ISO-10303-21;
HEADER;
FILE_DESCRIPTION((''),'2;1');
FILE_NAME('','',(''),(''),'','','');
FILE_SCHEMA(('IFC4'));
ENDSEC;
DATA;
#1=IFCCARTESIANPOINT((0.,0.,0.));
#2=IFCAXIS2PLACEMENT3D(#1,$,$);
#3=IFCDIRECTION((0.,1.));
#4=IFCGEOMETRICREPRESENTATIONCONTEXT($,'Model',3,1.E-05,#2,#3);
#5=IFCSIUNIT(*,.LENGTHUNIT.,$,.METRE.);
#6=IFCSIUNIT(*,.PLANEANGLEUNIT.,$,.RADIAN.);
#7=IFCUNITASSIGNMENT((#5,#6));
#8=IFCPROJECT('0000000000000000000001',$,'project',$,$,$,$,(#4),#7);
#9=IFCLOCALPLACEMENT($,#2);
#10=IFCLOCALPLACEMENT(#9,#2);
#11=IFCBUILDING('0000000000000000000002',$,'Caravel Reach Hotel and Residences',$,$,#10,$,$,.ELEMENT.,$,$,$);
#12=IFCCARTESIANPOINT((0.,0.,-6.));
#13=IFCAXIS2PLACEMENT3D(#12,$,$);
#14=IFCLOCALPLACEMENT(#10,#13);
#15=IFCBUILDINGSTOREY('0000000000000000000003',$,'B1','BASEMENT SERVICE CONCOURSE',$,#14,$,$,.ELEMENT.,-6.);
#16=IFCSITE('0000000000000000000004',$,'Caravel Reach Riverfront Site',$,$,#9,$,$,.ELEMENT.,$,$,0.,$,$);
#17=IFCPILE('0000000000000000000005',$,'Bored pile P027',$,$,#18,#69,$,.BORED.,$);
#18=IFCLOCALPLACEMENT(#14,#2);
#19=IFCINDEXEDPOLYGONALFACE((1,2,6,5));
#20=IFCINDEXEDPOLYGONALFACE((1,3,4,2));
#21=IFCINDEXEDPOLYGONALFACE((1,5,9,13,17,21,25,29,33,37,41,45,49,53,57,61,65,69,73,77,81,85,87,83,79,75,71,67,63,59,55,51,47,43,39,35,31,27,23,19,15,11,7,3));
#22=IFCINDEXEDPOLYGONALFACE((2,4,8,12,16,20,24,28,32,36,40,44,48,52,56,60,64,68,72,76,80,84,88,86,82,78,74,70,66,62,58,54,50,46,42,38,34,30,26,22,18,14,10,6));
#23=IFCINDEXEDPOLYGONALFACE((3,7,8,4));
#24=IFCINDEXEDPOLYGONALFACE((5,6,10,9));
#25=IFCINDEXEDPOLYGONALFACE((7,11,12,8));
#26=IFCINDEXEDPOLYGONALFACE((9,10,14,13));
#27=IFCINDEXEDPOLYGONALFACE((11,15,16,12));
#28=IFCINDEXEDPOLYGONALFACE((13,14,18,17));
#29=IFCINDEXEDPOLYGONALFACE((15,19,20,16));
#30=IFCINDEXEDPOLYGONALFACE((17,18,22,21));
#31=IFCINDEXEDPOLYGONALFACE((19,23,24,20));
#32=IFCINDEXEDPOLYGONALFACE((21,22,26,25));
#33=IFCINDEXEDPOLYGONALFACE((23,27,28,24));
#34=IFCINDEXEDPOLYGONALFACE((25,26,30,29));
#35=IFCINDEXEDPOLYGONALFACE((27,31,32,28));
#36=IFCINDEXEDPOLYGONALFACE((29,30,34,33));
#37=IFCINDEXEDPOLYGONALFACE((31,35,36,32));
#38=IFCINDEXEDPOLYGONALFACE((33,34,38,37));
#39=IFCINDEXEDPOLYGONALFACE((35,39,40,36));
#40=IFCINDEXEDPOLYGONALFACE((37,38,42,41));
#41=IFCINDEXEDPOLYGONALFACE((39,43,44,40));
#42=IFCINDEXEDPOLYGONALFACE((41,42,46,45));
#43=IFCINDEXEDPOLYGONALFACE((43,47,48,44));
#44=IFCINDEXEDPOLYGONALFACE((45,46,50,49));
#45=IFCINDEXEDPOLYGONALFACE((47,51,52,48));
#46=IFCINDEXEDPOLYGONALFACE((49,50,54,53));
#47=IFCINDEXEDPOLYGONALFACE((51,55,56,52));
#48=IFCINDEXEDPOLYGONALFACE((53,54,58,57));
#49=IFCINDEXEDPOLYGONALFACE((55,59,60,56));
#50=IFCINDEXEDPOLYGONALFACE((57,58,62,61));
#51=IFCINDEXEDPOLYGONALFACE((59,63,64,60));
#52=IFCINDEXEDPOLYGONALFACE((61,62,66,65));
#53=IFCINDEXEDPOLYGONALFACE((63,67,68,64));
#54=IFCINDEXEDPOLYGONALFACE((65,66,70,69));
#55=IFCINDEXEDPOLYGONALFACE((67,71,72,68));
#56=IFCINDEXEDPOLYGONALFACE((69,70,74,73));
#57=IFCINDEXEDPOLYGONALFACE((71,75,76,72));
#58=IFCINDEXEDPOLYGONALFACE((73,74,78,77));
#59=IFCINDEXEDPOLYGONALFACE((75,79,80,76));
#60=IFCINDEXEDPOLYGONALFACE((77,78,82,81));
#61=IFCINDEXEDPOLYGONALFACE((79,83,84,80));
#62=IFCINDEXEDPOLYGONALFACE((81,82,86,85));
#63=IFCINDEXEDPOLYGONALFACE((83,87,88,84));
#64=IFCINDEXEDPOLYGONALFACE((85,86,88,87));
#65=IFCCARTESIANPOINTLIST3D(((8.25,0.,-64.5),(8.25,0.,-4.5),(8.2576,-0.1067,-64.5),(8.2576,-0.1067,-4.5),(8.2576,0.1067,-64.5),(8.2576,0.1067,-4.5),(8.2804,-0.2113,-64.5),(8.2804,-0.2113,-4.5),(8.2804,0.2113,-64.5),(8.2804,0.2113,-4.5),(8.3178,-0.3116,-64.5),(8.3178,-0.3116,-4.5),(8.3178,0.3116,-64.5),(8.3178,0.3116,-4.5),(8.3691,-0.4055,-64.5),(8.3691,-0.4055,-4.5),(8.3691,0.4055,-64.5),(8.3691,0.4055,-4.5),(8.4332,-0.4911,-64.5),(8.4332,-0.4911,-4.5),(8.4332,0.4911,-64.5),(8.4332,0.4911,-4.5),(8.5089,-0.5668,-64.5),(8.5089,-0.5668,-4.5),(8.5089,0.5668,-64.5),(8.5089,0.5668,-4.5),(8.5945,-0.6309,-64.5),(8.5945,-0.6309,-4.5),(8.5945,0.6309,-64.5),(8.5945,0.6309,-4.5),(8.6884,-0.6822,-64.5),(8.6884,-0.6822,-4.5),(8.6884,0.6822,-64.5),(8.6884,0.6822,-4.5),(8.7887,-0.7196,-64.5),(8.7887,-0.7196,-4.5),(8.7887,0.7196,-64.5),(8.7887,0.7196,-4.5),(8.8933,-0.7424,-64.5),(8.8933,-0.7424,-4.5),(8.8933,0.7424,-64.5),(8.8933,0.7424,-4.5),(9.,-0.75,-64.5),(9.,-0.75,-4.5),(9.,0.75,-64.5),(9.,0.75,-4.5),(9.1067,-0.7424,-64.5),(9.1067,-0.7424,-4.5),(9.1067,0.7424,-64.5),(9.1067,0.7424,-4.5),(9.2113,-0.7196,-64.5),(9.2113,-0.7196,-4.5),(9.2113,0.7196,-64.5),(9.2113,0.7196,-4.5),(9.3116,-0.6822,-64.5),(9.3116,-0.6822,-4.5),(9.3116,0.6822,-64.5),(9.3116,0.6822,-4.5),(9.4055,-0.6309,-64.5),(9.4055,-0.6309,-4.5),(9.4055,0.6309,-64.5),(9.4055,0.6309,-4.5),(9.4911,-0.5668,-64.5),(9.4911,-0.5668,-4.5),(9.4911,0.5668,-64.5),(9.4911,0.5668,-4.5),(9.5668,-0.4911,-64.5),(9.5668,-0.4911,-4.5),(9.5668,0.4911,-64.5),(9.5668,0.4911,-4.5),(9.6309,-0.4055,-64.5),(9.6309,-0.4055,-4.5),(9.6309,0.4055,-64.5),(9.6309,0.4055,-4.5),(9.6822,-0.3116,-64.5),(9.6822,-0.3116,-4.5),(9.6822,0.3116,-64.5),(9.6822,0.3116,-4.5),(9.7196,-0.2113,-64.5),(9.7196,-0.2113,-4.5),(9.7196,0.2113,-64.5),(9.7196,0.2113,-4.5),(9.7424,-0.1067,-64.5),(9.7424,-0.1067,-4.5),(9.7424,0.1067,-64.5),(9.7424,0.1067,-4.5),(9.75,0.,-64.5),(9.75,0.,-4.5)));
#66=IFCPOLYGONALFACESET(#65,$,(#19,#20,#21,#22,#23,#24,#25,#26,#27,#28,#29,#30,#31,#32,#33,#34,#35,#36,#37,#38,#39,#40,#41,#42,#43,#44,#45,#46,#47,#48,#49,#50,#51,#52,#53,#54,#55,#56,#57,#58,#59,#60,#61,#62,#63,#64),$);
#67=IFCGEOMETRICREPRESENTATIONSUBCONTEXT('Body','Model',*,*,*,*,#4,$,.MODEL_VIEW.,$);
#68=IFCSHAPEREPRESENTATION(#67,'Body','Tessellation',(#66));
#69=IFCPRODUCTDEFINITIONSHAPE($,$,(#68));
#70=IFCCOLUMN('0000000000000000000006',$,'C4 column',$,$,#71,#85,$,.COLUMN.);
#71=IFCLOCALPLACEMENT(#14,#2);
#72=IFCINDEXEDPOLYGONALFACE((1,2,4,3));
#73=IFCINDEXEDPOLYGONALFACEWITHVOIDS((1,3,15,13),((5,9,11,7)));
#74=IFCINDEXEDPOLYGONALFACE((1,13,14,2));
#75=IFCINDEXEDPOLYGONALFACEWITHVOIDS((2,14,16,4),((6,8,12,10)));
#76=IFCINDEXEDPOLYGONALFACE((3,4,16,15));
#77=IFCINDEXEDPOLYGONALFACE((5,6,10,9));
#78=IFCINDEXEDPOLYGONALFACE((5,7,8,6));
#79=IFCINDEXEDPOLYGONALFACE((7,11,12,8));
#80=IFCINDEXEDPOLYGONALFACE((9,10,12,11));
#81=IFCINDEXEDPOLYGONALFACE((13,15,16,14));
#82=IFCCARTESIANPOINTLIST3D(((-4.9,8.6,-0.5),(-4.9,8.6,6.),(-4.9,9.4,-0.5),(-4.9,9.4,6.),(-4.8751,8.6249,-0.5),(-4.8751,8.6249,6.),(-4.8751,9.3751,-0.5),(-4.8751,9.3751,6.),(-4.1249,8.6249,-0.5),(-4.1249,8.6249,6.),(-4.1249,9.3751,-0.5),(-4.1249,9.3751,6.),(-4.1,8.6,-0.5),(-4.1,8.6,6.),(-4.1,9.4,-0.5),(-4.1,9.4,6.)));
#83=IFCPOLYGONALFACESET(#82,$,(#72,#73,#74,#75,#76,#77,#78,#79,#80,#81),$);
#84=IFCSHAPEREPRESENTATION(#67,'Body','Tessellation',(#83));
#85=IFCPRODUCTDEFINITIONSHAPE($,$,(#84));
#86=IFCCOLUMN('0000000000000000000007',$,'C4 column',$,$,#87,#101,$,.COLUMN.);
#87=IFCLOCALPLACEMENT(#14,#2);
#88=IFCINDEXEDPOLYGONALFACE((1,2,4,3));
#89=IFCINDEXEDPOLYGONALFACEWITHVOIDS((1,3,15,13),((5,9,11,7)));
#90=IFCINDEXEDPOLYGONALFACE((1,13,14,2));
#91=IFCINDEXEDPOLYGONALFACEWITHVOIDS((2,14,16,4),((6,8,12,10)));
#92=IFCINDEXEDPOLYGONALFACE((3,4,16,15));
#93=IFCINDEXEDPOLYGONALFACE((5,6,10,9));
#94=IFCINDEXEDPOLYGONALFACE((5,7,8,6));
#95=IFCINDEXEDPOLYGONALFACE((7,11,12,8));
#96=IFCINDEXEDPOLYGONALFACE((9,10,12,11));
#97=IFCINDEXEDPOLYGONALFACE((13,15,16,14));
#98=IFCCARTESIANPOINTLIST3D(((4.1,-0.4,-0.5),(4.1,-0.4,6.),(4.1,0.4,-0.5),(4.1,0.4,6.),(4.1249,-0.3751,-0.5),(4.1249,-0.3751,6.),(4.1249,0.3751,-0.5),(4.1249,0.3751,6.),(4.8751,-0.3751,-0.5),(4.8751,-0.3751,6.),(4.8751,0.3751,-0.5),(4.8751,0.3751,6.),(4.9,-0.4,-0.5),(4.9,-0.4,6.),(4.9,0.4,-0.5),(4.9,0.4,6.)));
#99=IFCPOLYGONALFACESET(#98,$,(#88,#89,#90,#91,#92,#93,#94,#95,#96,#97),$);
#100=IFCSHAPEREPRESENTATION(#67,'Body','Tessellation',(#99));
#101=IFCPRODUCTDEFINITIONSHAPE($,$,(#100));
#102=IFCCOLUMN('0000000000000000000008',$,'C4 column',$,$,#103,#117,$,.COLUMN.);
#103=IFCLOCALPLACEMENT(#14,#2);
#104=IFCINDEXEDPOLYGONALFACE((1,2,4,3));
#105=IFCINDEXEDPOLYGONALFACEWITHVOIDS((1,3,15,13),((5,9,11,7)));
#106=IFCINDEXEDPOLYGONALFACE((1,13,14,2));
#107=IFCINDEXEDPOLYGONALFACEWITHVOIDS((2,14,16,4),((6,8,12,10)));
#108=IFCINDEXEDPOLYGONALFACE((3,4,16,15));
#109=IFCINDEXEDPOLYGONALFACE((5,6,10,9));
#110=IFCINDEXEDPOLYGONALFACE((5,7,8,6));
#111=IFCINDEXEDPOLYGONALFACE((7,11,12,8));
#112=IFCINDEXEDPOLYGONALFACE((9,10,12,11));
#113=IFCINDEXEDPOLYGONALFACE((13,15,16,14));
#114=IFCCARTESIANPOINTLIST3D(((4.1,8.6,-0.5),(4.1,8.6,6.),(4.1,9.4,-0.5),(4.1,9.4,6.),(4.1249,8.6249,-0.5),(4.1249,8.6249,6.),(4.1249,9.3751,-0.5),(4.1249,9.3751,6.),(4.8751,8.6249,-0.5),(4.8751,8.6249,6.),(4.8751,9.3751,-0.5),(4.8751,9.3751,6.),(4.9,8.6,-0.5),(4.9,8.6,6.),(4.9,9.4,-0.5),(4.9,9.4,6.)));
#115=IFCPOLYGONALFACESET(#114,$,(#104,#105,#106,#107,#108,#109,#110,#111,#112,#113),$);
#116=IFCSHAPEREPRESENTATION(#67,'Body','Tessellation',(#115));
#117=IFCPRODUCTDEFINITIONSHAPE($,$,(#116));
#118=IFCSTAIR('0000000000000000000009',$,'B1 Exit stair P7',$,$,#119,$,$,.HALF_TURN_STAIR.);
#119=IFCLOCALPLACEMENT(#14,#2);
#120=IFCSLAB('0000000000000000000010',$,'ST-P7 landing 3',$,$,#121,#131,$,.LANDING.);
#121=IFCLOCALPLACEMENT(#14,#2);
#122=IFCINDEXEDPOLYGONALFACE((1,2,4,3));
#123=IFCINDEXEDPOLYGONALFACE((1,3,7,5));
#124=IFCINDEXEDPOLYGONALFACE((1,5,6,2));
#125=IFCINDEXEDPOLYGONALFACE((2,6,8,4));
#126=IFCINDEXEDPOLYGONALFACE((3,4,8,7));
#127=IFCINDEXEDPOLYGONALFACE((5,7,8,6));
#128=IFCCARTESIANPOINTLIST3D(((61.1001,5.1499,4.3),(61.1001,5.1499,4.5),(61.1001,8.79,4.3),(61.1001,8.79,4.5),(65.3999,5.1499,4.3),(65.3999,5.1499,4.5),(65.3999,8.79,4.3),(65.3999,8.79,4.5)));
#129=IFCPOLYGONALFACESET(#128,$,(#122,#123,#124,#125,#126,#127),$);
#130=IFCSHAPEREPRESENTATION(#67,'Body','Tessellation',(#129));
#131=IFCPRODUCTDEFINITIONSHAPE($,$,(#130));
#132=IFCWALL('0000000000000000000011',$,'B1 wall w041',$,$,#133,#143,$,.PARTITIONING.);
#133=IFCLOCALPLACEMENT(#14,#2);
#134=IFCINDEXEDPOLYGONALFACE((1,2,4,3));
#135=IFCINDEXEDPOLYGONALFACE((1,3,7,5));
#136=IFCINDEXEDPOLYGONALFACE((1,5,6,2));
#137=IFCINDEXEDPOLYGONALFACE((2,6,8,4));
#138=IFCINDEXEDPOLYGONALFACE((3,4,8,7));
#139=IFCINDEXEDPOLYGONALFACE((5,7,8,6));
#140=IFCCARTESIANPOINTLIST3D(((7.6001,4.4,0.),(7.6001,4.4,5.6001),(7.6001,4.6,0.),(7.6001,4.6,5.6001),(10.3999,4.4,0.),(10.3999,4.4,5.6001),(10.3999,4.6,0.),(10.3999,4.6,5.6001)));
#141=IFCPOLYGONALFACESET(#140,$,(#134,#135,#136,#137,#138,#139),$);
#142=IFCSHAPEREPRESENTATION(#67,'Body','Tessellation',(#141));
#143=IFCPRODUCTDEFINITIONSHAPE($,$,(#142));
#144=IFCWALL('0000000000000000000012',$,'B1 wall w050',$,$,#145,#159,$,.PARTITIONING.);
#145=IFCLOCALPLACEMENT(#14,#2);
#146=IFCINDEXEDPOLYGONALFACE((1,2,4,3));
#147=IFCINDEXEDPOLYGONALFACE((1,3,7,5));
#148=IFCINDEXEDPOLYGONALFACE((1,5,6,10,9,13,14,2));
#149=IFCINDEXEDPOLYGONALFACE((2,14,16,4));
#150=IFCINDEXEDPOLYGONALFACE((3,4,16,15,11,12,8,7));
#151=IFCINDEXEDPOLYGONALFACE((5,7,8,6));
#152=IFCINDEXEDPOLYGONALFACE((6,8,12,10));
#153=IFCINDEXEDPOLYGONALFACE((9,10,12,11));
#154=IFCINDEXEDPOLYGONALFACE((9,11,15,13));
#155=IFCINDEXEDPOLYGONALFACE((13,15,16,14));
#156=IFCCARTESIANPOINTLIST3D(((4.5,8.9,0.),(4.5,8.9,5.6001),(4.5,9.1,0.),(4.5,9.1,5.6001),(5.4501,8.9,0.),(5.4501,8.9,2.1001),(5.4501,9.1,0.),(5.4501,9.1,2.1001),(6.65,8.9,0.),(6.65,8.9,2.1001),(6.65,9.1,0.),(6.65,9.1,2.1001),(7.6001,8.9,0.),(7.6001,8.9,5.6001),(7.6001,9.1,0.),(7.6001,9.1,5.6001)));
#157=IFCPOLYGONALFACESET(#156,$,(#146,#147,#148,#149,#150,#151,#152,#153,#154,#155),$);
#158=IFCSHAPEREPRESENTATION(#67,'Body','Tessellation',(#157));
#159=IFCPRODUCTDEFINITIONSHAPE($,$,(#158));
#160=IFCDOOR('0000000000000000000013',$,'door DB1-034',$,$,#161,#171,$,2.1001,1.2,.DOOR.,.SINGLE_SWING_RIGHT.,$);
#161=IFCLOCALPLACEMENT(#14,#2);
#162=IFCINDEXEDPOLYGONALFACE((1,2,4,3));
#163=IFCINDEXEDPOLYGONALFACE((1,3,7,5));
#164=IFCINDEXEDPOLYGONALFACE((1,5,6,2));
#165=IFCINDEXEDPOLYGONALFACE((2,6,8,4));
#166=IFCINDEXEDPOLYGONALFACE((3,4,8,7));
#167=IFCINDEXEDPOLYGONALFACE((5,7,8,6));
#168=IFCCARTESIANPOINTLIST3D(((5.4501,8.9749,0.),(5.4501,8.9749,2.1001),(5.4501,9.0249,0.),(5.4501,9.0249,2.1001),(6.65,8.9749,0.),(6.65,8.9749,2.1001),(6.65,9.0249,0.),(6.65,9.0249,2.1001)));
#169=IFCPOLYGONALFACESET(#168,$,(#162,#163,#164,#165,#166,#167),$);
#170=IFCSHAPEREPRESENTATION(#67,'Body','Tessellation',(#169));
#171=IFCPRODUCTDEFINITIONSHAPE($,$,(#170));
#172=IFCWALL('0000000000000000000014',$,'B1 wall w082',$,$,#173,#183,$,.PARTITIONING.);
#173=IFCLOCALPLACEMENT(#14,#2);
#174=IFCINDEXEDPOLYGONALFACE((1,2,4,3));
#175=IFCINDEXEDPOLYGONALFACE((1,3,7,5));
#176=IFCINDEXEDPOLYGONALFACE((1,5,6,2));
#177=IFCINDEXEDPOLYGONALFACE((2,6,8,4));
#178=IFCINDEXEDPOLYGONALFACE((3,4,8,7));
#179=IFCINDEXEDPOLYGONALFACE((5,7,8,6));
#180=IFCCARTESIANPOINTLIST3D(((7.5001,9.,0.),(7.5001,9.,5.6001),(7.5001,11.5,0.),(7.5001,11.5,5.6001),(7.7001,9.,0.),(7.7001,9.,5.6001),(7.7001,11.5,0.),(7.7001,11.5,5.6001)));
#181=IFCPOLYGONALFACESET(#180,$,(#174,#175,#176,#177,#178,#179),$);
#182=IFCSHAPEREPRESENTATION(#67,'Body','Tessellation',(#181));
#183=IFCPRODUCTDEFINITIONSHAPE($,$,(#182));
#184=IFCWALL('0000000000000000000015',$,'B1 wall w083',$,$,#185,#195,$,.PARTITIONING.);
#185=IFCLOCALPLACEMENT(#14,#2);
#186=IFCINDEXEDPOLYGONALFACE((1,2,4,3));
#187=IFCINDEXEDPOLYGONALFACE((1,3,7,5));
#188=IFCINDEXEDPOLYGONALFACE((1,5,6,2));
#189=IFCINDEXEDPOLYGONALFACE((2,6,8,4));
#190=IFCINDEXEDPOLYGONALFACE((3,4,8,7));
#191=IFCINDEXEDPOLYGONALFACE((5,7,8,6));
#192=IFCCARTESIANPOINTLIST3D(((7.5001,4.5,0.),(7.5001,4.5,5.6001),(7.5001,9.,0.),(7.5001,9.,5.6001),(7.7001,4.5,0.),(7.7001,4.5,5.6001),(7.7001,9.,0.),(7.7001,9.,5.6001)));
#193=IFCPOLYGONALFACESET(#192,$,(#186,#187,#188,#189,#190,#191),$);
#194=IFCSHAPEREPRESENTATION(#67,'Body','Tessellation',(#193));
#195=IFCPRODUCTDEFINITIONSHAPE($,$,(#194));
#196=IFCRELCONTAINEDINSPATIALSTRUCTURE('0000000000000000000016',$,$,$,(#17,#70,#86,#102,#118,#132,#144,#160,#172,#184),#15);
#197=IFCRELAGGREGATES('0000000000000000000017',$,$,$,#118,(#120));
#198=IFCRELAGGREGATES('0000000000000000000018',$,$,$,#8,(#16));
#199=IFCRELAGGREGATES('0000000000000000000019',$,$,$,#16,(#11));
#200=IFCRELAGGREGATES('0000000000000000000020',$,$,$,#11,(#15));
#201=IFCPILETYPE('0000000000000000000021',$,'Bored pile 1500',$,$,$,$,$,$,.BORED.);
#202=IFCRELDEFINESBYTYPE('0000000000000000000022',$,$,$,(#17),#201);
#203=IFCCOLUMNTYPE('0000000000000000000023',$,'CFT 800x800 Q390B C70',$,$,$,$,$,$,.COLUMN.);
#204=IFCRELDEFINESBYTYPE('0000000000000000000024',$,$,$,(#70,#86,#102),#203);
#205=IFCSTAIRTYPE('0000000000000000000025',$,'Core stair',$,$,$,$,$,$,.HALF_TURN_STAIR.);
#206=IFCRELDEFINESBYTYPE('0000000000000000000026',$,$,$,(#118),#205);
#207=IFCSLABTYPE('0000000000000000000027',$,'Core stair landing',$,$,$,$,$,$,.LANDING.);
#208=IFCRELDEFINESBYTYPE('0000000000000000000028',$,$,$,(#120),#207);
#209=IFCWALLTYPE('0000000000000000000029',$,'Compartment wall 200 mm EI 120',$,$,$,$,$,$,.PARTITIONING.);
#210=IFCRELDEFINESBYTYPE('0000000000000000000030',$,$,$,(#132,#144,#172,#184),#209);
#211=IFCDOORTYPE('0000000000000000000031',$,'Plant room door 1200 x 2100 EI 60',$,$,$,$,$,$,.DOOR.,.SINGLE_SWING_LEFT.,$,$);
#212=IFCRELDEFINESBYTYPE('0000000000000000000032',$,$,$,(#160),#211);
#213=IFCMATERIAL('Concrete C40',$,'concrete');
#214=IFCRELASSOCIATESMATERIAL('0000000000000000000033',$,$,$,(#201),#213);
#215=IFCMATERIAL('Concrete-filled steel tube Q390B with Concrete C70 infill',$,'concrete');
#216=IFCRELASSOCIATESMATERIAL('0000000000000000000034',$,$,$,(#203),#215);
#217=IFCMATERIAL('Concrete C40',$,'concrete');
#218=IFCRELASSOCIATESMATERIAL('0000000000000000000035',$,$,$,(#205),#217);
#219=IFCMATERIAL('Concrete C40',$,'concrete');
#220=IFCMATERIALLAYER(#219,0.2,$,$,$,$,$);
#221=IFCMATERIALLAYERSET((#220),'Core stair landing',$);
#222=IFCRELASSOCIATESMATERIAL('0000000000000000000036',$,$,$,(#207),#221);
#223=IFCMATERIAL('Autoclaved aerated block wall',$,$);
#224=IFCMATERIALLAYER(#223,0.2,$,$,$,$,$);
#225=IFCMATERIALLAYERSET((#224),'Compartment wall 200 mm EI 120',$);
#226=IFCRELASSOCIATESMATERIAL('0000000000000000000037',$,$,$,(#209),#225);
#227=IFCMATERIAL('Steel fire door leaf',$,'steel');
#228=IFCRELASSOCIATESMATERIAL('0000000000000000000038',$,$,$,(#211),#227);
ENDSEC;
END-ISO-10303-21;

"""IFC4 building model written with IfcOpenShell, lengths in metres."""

from ifc_helpers import new_model, si_unit, direction, frame, frame_2d, origin, origin_2d, place, context, subcontext, project, spatial, polyline, rectangle, hollow_rectangle, circle, outline, extrude, material, layer, layer_set, material_profile, profile_set, type_object, element, fill, aggregate, save


model = new_model("IFC4")

# Units and contexts
model_context = context("Model", 3, precision=1e-05, world=origin(), true_north=direction((0.0, 1.0)))
body_context = subcontext(model_context, "Body", "Model", "MODEL_VIEW")
ifc_project = project(units=[si_unit("LENGTHUNIT", "METRE"), si_unit("PLANEANGLEUNIT", "RADIAN")], contexts=[model_context])

# Site, building, storey
site_placement = place(None, origin())
site = spatial("IfcSite", under=ifc_project, at=site_placement, Name="Caravel Reach Riverfront Site", CompositionType="ELEMENT", RefElevation=0.0)
building_placement = place(site_placement, origin())
building = spatial("IfcBuilding", under=site, at=building_placement, Name="Caravel Reach Hotel and Residences", CompositionType="ELEMENT")
storey_placement = place(building_placement, frame((0.0, 0.0, -6.0)))
storey = spatial("IfcBuildingStorey", under=building, at=storey_placement, Name="B1", Description="BASEMENT SERVICE CONCOURSE", CompositionType="ELEMENT", Elevation=-6.0)

# Pile
ifc_material_1 = material(Name="Concrete C40", Category="concrete")
ifc_material_profile_1 = material_profile(ifc_material_1, circle(Radius=0.75, at=origin_2d()), Name="PILE 1500")
ifc_profile_set_1 = profile_set([ifc_material_profile_1], Name="Concrete C40")
pile_type_1 = type_object("IfcPileType", Name="Bored pile 1500", PredefinedType="BORED", material=ifc_profile_set_1)
for number, where, z_axis, x_axis, name in (
    (1, (9.0, 0.0, -4.5), (0.0, 0.0, -1.0), (1.0, 0.0, 0.0), "Bored pile P027"),
):
    element("IfcPile", number, at=place(storey_placement, frame(where, z_axis=z_axis, x_axis=x_axis)), inside=storey, type_object=pile_type_1, Name=name, PredefinedType="BORED", context=body_context, shape_type="SweptSolid", body=[
        extrude(circle(Radius=0.75, at=origin_2d()), origin(), (0.0, 0.0, 1.0), 60.0),
    ])

# Columns
ifc_material_2 = material(Name="Concrete-filled steel tube Q390B with Concrete C70 infill", Category="concrete")
ifc_material_profile_2 = material_profile(ifc_material_2, hollow_rectangle(XDim=0.8, YDim=0.8, WallThickness=0.0249, at=origin_2d()), Name="RHS 800x800x25")
ifc_profile_set_2 = profile_set([ifc_material_profile_2], Name="Concrete-filled steel tube Q390B with Concrete C70 infill")
column_type = type_object("IfcColumnType", Name="CFT 800x800 Q390B C70", PredefinedType="COLUMN", material=ifc_profile_set_2)
for number, where, z_axis, x_axis, name in (
    (2, (-4.5, 9.0, -0.5), (0.0, 0.0, 1.0), (1.0, 0.0, 0.0), "C4 column"),
    (3, (4.5, 0.0, -0.5), (0.0, 0.0, 1.0), (1.0, 0.0, 0.0), "C4 column"),
    (4, (4.5, 9.0, -0.5), (0.0, 0.0, 1.0), (1.0, 0.0, 0.0), "C4 column"),
):
    element("IfcColumn", number, at=place(storey_placement, frame(where, z_axis=z_axis, x_axis=x_axis)), inside=storey, type_object=column_type, Name=name, PredefinedType="COLUMN", context=body_context, shape_type="SweptSolid", body=[
        extrude(hollow_rectangle(XDim=0.8, YDim=0.8, WallThickness=0.0249, at=origin_2d()), origin(), (0.0, 0.0, 1.0), 6.5),
    ])

# Stair, slab
ifc_material_3 = material(Name="Concrete C40", Category="concrete")
stair_type = type_object("IfcStairType", Name="Core stair", PredefinedType="HALF_TURN_STAIR", material=ifc_material_3)
stair_placement = place(storey_placement, origin())
stair = element("IfcStair", 5, at=stair_placement, inside=storey, type_object=stair_type, Name="B1 Exit stair P7", PredefinedType="HALF_TURN_STAIR")
ifc_material_4 = material(Name="Concrete C40", Category="concrete")
ifc_layer_1 = layer(ifc_material_4, 0.2)
ifc_layer_set_1 = layer_set([ifc_layer_1], Name="Core stair landing")
slab_type = type_object("IfcSlabType", Name="Core stair landing", PredefinedType="LANDING", material=ifc_layer_set_1)
slab_placement = place(storey_placement, frame((0.0, 0.0, 4.3)))
slab = element("IfcSlab", 6, at=slab_placement, type_object=slab_type, Name="ST-P7 landing 3", PredefinedType="LANDING", context=body_context, shape_type="SweptSolid", body=[
    extrude(outline(polyline([(61.1001, 8.79), (61.1001, 5.1499), (65.3999, 5.1499), (65.3999, 8.79), (61.1001, 8.79)])), origin(), (0.0, 0.0, 1.0), 0.2),
])
aggregate(stair, [slab])

# Wall
ifc_material_5 = material(Name="Autoclaved aerated block wall")
ifc_layer_2 = layer(ifc_material_5, 0.2)
ifc_layer_set_2 = layer_set([ifc_layer_2], Name="Compartment wall 200 mm EI 120")
wall_type_1 = type_object("IfcWallType", Name="Compartment wall 200 mm EI 120", PredefinedType="PARTITIONING", material=ifc_layer_set_2)
wall_1_placement = place(storey_placement, frame((7.6001, 4.5, 0.0), z_axis=(0.0, 0.0, 1.0), x_axis=(1.0, 0.0, 0.0)))
element("IfcWall", 7, at=wall_1_placement, inside=storey, type_object=wall_type_1, Name="B1 wall w041", PredefinedType="PARTITIONING", context=body_context, shape_type="SweptSolid", body=[
    extrude(rectangle(XDim=2.7998, YDim=0.2, at=frame_2d((1.3999, 0.0))), origin(), (0.0, 0.0, 1.0), 5.6001),
])

# Wall, opening, door
wall_2_placement = place(storey_placement, frame((4.5, 9.0, 0.0), z_axis=(0.0, 0.0, 1.0), x_axis=(1.0, 0.0, 0.0)))
wall_2 = element("IfcWall", 8, at=wall_2_placement, inside=storey, type_object=wall_type_1, Name="B1 wall w050", PredefinedType="PARTITIONING", context=body_context, shape_type="SweptSolid", body=[
    extrude(rectangle(XDim=3.1001, YDim=0.2, at=frame_2d((1.55, 0.0))), origin(), (0.0, 0.0, 1.0), 5.6001),
])
opening_1_placement = place(wall_2_placement, frame((0.95, 0.0, 0.0)))
opening_1 = element("IfcOpeningElement", 9, at=opening_1_placement, cuts=wall_2, PredefinedType="OPENING", context=body_context, shape_type="SweptSolid", body=[
    extrude(rectangle(XDim=1.2, YDim=2.1001, at=frame_2d((0.6001, 1.05))), frame((0.0, 0.1099, 0.0), z_axis=(0.0, -1.0, 0.0), x_axis=(1.0, 0.0, 0.0)), (0.0, 0.0, 1.0), 0.22),
])
ifc_material_6 = material(Name="Steel fire door leaf", Category="steel")
door_type_1 = type_object("IfcDoorType", Name="Plant room door 1200 x 2100 EI 60", OperationType="SINGLE_SWING_LEFT", PredefinedType="DOOR", material=ifc_material_6)
door_1_placement = place(opening_1_placement, origin())
door_1 = element("IfcDoor", 10, at=door_1_placement, inside=storey, type_object=door_type_1, Name="door DB1-034", OperationType="SINGLE_SWING_RIGHT", OverallHeight=2.1001, OverallWidth=1.2, PredefinedType="DOOR", context=body_context, shape_type="SweptSolid", body=[
    extrude(rectangle(XDim=1.2, YDim=2.1001, at=frame_2d((0.6001, 1.05))), frame((0.0, 0.0249, 0.0), z_axis=(0.0, -1.0, 0.0), x_axis=(1.0, 0.0, 0.0)), (0.0, 0.0, 1.0), 0.05),
])
fill(opening_1, door_1)

# Walls
wall_3_placement = place(storey_placement, frame((7.6001, 9.0, 0.0), z_axis=(0.0, 0.0, 1.0), x_axis=(0.0, 1.0, 0.0)))
element("IfcWall", 11, at=wall_3_placement, inside=storey, type_object=wall_type_1, Name="B1 wall w082", PredefinedType="PARTITIONING", context=body_context, shape_type="SweptSolid", body=[
    extrude(rectangle(XDim=2.5, YDim=0.2, at=frame_2d((1.25, 0.0))), origin(), (0.0, 0.0, 1.0), 5.6001),
])
wall_4_placement = place(storey_placement, frame((7.6001, 4.5, 0.0), z_axis=(0.0, 0.0, 1.0), x_axis=(0.0, 1.0, 0.0)))
element("IfcWall", 12, at=wall_4_placement, inside=storey, type_object=wall_type_1, Name="B1 wall w083", PredefinedType="PARTITIONING", context=body_context, shape_type="SweptSolid", body=[
    extrude(rectangle(XDim=4.5, YDim=0.2, at=frame_2d((2.25, 0.0))), origin(), (0.0, 0.0, 1.0), 5.6001),
])

save(model, "model.ifc")
